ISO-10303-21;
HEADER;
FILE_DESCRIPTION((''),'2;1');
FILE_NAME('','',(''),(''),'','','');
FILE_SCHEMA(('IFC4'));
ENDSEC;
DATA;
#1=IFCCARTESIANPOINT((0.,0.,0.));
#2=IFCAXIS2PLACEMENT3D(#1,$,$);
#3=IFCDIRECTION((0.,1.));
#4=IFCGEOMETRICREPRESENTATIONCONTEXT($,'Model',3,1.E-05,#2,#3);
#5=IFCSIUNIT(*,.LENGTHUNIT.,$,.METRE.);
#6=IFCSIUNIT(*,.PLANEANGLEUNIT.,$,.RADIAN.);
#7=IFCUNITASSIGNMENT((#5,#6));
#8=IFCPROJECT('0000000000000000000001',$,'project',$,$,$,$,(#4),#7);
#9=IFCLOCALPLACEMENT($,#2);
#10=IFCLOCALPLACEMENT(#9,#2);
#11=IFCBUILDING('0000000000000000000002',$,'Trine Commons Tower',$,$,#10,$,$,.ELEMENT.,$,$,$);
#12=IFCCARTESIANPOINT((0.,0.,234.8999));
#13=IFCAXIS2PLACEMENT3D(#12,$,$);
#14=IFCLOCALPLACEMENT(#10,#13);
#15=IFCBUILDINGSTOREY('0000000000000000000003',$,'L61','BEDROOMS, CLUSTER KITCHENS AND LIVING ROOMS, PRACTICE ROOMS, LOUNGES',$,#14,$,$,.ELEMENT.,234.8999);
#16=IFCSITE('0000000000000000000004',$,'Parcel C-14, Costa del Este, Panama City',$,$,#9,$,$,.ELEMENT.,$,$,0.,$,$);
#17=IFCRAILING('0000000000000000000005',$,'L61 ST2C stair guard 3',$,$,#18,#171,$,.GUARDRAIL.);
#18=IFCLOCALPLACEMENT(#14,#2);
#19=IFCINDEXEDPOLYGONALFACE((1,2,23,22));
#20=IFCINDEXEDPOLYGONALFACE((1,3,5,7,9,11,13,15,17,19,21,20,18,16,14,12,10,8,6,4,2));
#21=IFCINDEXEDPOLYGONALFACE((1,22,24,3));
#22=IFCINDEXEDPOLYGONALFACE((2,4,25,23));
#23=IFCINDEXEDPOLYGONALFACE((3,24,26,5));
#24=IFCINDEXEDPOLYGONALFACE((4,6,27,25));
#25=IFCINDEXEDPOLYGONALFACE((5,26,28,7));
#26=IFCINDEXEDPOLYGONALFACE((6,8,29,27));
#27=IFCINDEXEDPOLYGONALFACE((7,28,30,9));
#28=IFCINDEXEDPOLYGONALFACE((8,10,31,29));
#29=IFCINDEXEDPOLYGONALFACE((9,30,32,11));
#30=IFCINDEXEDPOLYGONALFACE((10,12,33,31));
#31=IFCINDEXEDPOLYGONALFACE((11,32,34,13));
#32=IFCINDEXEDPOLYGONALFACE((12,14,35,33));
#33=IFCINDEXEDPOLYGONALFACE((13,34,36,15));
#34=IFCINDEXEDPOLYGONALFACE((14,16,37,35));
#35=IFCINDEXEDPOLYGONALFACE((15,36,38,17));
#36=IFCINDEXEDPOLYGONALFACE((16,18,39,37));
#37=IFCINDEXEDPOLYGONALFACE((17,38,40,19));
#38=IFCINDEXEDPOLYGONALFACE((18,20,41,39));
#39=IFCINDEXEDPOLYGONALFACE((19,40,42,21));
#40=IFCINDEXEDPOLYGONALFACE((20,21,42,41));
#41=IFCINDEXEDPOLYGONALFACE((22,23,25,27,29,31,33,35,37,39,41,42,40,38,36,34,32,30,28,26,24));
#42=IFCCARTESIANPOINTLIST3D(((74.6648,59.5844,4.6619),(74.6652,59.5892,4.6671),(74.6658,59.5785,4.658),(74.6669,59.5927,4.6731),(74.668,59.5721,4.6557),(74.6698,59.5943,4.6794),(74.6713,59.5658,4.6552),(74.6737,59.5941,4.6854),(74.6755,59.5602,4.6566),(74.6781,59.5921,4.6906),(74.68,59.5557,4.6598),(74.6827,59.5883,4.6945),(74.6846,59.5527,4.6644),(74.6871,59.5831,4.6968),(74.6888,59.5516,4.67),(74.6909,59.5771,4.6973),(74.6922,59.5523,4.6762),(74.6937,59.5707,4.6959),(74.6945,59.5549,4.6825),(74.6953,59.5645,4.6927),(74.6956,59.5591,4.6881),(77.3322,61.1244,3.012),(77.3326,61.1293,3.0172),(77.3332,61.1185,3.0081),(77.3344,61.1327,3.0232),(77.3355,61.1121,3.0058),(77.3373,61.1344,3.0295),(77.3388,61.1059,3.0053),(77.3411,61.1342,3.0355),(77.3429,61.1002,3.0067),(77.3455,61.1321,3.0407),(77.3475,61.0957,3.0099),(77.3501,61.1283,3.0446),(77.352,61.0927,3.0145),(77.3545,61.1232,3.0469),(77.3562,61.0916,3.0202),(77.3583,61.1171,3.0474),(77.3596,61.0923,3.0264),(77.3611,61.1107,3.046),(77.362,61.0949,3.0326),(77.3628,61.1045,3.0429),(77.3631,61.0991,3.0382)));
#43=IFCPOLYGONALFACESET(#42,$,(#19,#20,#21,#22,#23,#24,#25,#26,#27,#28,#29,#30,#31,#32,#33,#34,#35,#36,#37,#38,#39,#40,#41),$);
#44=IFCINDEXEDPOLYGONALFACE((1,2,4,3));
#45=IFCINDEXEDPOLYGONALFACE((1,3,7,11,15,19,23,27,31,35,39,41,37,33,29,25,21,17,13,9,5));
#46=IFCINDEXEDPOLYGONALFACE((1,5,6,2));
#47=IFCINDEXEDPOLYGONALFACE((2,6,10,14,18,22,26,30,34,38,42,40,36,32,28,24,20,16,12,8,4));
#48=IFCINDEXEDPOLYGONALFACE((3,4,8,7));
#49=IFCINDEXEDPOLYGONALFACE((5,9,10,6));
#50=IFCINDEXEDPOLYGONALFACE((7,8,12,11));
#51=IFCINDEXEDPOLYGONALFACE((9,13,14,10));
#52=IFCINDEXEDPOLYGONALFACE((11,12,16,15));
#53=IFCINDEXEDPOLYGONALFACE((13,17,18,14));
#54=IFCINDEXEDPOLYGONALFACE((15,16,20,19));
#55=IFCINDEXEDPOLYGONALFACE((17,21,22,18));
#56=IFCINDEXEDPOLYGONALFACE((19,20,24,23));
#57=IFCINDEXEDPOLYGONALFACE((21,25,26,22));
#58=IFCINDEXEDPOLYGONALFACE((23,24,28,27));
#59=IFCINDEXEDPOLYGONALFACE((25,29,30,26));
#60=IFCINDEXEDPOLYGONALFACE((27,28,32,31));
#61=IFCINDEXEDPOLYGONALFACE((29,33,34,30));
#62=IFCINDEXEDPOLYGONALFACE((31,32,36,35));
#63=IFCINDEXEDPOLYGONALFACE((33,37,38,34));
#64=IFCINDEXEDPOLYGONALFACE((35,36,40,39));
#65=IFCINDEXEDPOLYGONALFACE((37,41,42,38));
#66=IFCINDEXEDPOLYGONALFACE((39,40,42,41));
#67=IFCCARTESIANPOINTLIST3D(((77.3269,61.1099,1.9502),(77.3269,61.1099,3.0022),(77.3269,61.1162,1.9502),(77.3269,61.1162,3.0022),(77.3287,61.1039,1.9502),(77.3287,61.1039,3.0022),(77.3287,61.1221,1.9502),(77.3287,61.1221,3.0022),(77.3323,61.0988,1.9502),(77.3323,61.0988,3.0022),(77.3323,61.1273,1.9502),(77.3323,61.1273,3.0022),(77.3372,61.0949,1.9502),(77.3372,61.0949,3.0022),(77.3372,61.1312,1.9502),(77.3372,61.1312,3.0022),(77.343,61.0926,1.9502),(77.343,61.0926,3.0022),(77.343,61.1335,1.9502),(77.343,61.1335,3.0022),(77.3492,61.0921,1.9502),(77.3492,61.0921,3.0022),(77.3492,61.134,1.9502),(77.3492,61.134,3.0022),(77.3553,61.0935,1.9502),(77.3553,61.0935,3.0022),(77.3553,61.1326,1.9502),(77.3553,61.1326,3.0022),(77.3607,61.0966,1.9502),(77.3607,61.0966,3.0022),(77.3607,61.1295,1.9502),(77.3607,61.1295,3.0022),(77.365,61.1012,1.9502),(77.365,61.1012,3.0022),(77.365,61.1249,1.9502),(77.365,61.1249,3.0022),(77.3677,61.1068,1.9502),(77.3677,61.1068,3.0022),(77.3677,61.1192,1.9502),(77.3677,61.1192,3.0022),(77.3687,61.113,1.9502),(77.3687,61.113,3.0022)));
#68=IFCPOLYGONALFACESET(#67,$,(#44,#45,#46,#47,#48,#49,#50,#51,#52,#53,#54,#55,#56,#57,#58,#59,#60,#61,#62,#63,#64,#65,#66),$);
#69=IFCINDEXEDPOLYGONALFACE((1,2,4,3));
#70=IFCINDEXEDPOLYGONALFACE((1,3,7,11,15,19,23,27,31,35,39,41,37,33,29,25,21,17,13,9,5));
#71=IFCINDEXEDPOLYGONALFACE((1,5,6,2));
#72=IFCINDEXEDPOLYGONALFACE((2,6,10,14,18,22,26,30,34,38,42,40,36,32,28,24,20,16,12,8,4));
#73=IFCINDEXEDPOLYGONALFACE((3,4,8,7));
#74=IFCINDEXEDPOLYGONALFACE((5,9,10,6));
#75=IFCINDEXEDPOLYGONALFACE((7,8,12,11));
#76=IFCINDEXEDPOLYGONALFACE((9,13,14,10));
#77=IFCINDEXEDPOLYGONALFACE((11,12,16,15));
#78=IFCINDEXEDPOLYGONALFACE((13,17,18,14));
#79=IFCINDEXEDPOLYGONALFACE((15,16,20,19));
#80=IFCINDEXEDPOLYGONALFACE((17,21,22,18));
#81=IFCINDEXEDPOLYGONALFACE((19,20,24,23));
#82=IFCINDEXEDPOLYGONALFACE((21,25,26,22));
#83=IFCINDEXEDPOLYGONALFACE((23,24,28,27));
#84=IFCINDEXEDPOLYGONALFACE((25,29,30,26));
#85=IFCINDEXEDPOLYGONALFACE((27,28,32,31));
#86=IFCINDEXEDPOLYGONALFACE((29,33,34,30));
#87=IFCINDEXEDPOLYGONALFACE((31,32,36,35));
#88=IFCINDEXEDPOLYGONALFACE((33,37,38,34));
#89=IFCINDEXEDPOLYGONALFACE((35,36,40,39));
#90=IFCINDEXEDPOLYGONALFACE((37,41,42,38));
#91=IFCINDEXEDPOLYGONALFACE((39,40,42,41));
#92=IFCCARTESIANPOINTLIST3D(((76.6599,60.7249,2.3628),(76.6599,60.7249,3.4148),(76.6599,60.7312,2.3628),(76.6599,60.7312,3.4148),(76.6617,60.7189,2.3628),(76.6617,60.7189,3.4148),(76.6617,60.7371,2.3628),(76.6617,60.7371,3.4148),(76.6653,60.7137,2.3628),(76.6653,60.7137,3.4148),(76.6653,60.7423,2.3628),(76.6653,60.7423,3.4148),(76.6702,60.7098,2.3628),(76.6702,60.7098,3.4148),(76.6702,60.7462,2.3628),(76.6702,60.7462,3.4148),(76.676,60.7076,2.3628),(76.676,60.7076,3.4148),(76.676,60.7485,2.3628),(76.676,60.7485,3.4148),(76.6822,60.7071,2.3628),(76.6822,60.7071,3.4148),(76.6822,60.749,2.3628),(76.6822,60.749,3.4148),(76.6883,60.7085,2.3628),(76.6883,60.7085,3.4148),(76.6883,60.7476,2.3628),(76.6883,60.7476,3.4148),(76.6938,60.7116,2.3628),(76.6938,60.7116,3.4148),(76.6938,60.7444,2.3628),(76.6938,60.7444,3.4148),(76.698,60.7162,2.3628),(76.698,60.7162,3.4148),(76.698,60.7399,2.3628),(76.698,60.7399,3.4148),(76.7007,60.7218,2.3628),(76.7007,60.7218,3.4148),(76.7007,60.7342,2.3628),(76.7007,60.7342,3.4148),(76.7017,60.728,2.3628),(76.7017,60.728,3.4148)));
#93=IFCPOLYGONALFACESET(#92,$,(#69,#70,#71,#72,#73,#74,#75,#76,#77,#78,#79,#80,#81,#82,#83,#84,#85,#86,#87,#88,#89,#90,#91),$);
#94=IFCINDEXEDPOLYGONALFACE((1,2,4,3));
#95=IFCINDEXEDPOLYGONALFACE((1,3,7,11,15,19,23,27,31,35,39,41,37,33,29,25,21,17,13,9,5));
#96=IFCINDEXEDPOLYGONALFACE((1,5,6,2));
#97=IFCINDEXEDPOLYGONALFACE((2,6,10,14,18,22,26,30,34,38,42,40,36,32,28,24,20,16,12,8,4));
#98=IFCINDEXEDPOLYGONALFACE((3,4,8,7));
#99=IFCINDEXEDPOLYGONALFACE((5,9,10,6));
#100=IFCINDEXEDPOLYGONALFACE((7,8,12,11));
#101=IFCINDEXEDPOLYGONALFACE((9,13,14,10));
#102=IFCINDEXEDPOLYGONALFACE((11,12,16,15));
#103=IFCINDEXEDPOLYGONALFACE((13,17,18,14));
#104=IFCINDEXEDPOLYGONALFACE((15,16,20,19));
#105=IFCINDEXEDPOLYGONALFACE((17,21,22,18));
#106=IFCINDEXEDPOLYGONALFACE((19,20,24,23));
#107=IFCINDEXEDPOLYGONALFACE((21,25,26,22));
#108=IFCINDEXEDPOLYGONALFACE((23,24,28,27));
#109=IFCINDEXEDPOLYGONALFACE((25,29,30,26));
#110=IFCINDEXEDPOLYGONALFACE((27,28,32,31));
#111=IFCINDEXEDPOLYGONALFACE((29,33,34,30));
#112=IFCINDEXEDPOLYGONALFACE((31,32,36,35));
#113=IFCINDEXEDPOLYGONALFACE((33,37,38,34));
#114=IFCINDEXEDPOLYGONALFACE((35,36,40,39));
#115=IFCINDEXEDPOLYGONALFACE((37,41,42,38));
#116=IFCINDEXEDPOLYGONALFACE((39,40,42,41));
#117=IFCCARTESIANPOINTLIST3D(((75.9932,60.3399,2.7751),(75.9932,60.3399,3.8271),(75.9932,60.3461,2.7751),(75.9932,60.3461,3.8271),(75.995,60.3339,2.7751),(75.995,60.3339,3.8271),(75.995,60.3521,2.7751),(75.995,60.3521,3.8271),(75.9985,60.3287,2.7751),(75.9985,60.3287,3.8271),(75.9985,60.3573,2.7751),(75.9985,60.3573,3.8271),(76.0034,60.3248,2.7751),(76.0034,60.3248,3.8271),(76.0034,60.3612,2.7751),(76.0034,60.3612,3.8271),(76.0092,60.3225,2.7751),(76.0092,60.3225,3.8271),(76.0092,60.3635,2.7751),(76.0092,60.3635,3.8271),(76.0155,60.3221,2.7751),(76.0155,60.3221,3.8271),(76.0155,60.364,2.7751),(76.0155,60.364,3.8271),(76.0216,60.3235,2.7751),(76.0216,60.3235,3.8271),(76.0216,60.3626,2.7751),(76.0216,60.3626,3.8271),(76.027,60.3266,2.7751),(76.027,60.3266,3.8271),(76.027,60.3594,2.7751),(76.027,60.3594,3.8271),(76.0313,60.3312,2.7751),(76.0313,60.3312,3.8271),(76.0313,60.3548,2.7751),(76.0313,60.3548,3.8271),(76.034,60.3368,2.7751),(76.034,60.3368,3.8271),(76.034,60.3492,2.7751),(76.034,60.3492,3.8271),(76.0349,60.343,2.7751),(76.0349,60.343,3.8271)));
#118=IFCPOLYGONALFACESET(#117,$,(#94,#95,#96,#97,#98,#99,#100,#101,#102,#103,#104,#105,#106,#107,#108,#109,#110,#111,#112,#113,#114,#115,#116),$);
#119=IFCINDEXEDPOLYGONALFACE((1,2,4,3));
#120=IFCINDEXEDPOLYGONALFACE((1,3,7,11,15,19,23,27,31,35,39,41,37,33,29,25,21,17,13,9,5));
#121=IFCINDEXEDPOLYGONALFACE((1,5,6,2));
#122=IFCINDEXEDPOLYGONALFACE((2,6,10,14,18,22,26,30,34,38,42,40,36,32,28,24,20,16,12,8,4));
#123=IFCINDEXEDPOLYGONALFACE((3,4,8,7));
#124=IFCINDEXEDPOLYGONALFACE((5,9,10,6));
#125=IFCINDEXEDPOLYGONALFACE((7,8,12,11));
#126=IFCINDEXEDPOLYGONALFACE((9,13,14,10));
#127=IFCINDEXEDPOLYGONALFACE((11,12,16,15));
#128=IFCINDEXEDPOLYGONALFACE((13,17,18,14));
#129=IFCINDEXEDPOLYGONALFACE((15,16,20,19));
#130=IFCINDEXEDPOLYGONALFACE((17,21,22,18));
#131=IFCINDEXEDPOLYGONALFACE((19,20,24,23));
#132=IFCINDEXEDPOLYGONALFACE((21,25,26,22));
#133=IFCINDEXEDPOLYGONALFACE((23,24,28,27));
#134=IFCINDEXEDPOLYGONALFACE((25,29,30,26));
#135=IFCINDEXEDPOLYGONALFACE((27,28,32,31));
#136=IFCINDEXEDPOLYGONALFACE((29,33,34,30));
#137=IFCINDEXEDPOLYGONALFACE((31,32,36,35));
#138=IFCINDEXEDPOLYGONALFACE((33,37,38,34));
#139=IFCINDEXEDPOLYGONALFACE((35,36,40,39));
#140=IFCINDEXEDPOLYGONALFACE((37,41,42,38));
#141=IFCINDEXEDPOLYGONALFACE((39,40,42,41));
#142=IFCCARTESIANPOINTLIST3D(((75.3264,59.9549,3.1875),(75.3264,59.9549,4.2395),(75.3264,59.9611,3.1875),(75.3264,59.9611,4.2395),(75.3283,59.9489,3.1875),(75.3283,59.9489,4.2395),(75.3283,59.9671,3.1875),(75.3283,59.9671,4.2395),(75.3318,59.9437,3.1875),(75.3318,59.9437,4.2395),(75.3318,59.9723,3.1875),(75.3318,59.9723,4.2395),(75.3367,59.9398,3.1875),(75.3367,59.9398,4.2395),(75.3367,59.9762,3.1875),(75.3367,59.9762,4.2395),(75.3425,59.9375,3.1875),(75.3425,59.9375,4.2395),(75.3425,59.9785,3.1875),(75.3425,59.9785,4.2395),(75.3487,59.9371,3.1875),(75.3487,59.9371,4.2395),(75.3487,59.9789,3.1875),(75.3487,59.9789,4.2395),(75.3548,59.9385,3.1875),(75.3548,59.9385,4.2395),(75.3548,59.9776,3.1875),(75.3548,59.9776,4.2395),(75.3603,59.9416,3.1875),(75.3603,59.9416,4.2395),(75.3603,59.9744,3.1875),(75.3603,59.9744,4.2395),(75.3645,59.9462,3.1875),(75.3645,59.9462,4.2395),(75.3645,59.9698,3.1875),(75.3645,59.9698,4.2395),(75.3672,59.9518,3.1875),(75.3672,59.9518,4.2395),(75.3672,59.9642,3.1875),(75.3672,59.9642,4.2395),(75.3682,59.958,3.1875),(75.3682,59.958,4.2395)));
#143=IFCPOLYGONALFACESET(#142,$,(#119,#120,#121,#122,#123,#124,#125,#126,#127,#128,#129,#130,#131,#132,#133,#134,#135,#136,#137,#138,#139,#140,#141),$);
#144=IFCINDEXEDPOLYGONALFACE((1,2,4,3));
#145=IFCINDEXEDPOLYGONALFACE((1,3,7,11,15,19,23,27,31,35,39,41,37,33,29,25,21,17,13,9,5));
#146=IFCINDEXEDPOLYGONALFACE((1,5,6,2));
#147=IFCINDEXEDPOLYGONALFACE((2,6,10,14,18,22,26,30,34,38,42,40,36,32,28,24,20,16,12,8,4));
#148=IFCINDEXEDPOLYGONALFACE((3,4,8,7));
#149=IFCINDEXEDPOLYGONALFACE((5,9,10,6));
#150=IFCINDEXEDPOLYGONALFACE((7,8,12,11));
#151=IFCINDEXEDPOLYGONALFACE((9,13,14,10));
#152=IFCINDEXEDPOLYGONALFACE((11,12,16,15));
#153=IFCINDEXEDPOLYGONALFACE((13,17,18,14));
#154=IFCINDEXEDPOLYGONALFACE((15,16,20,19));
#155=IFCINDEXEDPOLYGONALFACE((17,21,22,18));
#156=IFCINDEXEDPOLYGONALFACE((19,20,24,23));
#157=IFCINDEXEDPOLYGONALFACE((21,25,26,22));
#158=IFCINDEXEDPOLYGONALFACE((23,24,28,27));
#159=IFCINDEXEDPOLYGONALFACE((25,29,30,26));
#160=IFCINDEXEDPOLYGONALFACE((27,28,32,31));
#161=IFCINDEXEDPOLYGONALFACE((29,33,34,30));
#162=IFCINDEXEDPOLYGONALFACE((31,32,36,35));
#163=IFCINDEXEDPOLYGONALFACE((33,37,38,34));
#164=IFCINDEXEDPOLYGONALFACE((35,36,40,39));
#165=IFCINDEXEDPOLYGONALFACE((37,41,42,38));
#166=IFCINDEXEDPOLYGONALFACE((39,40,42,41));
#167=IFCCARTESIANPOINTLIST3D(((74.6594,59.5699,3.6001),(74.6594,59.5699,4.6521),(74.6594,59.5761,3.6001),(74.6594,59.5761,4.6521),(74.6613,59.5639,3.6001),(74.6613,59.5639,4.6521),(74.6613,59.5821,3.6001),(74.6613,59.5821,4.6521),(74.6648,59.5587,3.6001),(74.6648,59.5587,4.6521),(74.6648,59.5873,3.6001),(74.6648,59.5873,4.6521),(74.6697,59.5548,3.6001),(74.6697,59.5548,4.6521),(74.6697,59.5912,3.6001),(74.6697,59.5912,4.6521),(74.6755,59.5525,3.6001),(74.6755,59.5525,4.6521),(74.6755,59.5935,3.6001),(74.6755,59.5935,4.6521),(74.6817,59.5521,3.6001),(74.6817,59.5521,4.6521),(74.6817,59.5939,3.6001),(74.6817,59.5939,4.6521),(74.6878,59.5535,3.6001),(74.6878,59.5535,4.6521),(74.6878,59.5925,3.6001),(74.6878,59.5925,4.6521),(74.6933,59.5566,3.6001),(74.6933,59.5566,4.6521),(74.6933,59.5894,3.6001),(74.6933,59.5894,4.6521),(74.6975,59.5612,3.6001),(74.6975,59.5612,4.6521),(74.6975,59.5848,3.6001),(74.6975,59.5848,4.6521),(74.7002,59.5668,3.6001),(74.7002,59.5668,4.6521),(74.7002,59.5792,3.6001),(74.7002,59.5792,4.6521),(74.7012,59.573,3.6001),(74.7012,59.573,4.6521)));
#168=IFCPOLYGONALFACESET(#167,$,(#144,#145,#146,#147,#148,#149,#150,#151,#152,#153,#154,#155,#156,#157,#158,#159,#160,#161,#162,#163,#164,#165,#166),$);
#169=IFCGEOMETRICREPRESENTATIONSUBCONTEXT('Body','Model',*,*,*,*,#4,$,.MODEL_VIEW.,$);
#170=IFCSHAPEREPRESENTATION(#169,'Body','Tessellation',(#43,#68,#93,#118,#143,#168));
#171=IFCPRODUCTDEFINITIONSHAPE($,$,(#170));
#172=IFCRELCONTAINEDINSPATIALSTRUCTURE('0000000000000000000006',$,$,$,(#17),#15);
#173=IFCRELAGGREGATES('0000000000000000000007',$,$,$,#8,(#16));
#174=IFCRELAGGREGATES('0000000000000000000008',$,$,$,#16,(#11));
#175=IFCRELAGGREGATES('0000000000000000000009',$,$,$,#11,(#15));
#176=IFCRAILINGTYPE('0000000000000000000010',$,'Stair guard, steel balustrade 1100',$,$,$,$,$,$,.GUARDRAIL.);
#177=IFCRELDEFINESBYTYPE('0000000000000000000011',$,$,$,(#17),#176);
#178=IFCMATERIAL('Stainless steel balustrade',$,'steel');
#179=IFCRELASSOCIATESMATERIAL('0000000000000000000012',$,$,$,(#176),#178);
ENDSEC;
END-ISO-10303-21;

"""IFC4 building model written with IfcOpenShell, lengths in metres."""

from ifc_helpers import new_model, si_unit, direction, frame, origin, origin_2d, place, context, subcontext, project, spatial, circle, extrude, material, type_object, element, save


model = new_model("IFC4")

# Units and contexts
model_context = context("Model", 3, precision=1e-05, world=origin(), true_north=direction((0.0, 1.0)))
body_context = subcontext(model_context, "Body", "Model", "MODEL_VIEW")
ifc_project = project(units=[si_unit("LENGTHUNIT", "METRE"), si_unit("PLANEANGLEUNIT", "RADIAN")], contexts=[model_context])

# Site, building, storey
site_placement = place(None, origin())
site = spatial("IfcSite", under=ifc_project, at=site_placement, Name="Parcel C-14, Costa del Este, Panama City", CompositionType="ELEMENT", RefElevation=0.0)
building_placement = place(site_placement, origin())
building = spatial("IfcBuilding", under=site, at=building_placement, Name="Trine Commons Tower", CompositionType="ELEMENT")
storey_placement = place(building_placement, frame((0.0, 0.0, 234.8999)))
storey = spatial("IfcBuildingStorey", under=building, at=storey_placement, Name="L61", Description="BEDROOMS, CLUSTER KITCHENS AND LIVING ROOMS, PRACTICE ROOMS, LOUNGES", CompositionType="ELEMENT", Elevation=234.8999)

# Railing
ifc_material_1 = material(Name="Stainless steel balustrade", Category="steel")
railing_type_1 = type_object("IfcRailingType", Name="Stair guard, steel balustrade 1100", PredefinedType="GUARDRAIL", material=ifc_material_1)
railing_1_placement = place(storey_placement, frame((77.3477, 61.113, 1.9502)))
element("IfcRailing", 1, at=railing_1_placement, inside=storey, type_object=railing_type_1, Name="L61 ST2C stair guard 3", PredefinedType="GUARDRAIL", context=body_context, shape_type="SweptSolid", body=[
    extrude(circle(Radius=0.0239, at=origin_2d()), frame((0.0, 0.0, 1.0762), z_axis=(-0.763405, -0.440743, 0.472185), x_axis=(0.499992, -0.86603, 0.0)), (0.0, 0.0, 1.0), 3.4941),
    extrude(circle(Radius=0.021, at=origin_2d()), origin(), (0.0, 0.0, 1.0), 1.052),
    extrude(circle(Radius=0.021, at=origin_2d()), frame((-0.667, -0.385, 0.4126)), (0.0, 0.0, 1.0), 1.052),
    extrude(circle(Radius=0.021, at=origin_2d()), frame((-1.3337, -0.77, 0.825)), (0.0, 0.0, 1.0), 1.052),
    extrude(circle(Radius=0.021, at=origin_2d()), frame((-2.0005, -1.155, 1.2373)), (0.0, 0.0, 1.0), 1.052),
    extrude(circle(Radius=0.021, at=origin_2d()), frame((-2.6675, -1.54, 1.6499)), (0.0, 0.0, 1.0), 1.052),
])

save(model, "model.ifc")
